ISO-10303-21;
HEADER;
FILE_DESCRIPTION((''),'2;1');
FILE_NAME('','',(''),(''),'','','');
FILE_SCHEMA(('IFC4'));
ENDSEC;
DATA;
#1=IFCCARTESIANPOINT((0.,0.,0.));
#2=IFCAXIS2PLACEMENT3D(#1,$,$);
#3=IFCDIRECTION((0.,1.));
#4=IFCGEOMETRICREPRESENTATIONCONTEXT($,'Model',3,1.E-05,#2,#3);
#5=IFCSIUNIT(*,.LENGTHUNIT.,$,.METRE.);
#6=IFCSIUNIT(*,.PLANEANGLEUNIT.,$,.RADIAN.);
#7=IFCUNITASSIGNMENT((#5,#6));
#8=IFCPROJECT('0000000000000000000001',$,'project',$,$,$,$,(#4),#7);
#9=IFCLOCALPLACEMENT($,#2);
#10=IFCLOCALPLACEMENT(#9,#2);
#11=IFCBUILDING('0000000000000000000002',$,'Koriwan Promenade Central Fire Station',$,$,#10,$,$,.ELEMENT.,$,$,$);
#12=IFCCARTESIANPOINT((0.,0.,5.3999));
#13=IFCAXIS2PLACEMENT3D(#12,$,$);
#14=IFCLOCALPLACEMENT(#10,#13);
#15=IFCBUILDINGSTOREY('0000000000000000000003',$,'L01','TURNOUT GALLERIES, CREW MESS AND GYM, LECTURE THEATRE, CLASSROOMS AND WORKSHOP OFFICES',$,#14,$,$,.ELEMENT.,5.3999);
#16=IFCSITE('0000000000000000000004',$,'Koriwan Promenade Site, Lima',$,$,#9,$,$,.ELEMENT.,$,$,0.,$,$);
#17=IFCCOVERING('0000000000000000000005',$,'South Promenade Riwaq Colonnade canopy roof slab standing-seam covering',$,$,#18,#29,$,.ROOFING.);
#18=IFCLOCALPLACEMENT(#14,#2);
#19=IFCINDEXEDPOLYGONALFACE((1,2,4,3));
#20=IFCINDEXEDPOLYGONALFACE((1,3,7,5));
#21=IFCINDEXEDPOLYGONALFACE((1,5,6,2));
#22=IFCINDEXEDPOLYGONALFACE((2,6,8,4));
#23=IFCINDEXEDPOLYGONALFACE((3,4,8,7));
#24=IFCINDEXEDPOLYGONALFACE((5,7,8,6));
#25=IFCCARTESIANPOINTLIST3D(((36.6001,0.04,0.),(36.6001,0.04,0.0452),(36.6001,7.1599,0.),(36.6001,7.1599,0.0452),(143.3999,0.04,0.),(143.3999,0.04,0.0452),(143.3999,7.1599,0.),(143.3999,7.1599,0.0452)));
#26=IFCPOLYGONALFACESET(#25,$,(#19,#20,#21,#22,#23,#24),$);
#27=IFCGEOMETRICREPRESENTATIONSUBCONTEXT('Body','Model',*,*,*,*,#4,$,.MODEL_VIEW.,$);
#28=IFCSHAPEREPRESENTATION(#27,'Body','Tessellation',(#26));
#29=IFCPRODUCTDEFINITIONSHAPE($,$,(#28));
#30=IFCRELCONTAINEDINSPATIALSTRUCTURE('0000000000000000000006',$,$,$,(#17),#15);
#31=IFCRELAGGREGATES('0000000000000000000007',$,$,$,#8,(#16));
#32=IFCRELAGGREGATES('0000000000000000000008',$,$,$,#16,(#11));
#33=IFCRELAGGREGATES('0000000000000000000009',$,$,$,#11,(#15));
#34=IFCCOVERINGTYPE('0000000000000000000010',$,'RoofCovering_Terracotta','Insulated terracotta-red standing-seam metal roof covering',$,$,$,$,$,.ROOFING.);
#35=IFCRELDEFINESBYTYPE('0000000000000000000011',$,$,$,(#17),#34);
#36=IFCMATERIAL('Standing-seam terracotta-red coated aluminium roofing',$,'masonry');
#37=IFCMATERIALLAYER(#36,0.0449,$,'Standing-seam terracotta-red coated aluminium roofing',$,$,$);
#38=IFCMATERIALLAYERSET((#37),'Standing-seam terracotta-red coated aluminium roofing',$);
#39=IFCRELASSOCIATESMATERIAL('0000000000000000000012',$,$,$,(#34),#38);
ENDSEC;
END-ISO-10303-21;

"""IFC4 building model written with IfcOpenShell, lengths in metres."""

from ifc_helpers import new_model, si_unit, direction, frame, origin, place, context, subcontext, project, spatial, polyline, outline, extrude, material, layer, layer_set, type_object, element, save


model = new_model("IFC4")

# Units and contexts
model_context = context("Model", 3, precision=1e-05, world=origin(), true_north=direction((0.0, 1.0)))
body_context = subcontext(model_context, "Body", "Model", "MODEL_VIEW")
ifc_project = project(units=[si_unit("LENGTHUNIT", "METRE"), si_unit("PLANEANGLEUNIT", "RADIAN")], contexts=[model_context])

# Site, building, storey
site_placement = place(None, origin())
site = spatial("IfcSite", under=ifc_project, at=site_placement, Name="Koriwan Promenade Site, Lima", CompositionType="ELEMENT", RefElevation=0.0)
building_placement = place(site_placement, origin())
building = spatial("IfcBuilding", under=site, at=building_placement, Name="Koriwan Promenade Central Fire Station", CompositionType="ELEMENT")
storey_placement = place(building_placement, frame((0.0, 0.0, 5.3999)))
storey = spatial("IfcBuildingStorey", under=building, at=storey_placement, Name="L01", Description="TURNOUT GALLERIES, CREW MESS AND GYM, LECTURE THEATRE, CLASSROOMS AND WORKSHOP OFFICES", CompositionType="ELEMENT", Elevation=5.3999)

# Covering
ifc_material_1 = material(Name="Standing-seam terracotta-red coated aluminium roofing", Category="masonry")
ifc_layer_1 = layer(ifc_material_1, 0.0449, Name="Standing-seam terracotta-red coated aluminium roofing")
ifc_layer_set_1 = layer_set([ifc_layer_1], Name="Standing-seam terracotta-red coated aluminium roofing")
covering_type_1 = type_object("IfcCoveringType", Name="RoofCovering_Terracotta", Description="Insulated terracotta-red standing-seam metal roof covering", PredefinedType="ROOFING", material=ifc_layer_set_1)
covering_1_placement = place(storey_placement, origin())
element("IfcCovering", 1, at=covering_1_placement, inside=storey, type_object=covering_type_1, Name="South Promenade Riwaq Colonnade canopy roof slab standing-seam covering", PredefinedType="ROOFING", context=body_context, shape_type="SweptSolid", body=[
    extrude(outline(polyline([(36.6001, 0.04), (143.3999, 0.04), (143.3999, 7.1599), (36.6001, 7.1599), (36.6001, 0.04)])), origin(), (0.0, 0.0, 1.0), 0.0452),
])

save(model, "model.ifc")
